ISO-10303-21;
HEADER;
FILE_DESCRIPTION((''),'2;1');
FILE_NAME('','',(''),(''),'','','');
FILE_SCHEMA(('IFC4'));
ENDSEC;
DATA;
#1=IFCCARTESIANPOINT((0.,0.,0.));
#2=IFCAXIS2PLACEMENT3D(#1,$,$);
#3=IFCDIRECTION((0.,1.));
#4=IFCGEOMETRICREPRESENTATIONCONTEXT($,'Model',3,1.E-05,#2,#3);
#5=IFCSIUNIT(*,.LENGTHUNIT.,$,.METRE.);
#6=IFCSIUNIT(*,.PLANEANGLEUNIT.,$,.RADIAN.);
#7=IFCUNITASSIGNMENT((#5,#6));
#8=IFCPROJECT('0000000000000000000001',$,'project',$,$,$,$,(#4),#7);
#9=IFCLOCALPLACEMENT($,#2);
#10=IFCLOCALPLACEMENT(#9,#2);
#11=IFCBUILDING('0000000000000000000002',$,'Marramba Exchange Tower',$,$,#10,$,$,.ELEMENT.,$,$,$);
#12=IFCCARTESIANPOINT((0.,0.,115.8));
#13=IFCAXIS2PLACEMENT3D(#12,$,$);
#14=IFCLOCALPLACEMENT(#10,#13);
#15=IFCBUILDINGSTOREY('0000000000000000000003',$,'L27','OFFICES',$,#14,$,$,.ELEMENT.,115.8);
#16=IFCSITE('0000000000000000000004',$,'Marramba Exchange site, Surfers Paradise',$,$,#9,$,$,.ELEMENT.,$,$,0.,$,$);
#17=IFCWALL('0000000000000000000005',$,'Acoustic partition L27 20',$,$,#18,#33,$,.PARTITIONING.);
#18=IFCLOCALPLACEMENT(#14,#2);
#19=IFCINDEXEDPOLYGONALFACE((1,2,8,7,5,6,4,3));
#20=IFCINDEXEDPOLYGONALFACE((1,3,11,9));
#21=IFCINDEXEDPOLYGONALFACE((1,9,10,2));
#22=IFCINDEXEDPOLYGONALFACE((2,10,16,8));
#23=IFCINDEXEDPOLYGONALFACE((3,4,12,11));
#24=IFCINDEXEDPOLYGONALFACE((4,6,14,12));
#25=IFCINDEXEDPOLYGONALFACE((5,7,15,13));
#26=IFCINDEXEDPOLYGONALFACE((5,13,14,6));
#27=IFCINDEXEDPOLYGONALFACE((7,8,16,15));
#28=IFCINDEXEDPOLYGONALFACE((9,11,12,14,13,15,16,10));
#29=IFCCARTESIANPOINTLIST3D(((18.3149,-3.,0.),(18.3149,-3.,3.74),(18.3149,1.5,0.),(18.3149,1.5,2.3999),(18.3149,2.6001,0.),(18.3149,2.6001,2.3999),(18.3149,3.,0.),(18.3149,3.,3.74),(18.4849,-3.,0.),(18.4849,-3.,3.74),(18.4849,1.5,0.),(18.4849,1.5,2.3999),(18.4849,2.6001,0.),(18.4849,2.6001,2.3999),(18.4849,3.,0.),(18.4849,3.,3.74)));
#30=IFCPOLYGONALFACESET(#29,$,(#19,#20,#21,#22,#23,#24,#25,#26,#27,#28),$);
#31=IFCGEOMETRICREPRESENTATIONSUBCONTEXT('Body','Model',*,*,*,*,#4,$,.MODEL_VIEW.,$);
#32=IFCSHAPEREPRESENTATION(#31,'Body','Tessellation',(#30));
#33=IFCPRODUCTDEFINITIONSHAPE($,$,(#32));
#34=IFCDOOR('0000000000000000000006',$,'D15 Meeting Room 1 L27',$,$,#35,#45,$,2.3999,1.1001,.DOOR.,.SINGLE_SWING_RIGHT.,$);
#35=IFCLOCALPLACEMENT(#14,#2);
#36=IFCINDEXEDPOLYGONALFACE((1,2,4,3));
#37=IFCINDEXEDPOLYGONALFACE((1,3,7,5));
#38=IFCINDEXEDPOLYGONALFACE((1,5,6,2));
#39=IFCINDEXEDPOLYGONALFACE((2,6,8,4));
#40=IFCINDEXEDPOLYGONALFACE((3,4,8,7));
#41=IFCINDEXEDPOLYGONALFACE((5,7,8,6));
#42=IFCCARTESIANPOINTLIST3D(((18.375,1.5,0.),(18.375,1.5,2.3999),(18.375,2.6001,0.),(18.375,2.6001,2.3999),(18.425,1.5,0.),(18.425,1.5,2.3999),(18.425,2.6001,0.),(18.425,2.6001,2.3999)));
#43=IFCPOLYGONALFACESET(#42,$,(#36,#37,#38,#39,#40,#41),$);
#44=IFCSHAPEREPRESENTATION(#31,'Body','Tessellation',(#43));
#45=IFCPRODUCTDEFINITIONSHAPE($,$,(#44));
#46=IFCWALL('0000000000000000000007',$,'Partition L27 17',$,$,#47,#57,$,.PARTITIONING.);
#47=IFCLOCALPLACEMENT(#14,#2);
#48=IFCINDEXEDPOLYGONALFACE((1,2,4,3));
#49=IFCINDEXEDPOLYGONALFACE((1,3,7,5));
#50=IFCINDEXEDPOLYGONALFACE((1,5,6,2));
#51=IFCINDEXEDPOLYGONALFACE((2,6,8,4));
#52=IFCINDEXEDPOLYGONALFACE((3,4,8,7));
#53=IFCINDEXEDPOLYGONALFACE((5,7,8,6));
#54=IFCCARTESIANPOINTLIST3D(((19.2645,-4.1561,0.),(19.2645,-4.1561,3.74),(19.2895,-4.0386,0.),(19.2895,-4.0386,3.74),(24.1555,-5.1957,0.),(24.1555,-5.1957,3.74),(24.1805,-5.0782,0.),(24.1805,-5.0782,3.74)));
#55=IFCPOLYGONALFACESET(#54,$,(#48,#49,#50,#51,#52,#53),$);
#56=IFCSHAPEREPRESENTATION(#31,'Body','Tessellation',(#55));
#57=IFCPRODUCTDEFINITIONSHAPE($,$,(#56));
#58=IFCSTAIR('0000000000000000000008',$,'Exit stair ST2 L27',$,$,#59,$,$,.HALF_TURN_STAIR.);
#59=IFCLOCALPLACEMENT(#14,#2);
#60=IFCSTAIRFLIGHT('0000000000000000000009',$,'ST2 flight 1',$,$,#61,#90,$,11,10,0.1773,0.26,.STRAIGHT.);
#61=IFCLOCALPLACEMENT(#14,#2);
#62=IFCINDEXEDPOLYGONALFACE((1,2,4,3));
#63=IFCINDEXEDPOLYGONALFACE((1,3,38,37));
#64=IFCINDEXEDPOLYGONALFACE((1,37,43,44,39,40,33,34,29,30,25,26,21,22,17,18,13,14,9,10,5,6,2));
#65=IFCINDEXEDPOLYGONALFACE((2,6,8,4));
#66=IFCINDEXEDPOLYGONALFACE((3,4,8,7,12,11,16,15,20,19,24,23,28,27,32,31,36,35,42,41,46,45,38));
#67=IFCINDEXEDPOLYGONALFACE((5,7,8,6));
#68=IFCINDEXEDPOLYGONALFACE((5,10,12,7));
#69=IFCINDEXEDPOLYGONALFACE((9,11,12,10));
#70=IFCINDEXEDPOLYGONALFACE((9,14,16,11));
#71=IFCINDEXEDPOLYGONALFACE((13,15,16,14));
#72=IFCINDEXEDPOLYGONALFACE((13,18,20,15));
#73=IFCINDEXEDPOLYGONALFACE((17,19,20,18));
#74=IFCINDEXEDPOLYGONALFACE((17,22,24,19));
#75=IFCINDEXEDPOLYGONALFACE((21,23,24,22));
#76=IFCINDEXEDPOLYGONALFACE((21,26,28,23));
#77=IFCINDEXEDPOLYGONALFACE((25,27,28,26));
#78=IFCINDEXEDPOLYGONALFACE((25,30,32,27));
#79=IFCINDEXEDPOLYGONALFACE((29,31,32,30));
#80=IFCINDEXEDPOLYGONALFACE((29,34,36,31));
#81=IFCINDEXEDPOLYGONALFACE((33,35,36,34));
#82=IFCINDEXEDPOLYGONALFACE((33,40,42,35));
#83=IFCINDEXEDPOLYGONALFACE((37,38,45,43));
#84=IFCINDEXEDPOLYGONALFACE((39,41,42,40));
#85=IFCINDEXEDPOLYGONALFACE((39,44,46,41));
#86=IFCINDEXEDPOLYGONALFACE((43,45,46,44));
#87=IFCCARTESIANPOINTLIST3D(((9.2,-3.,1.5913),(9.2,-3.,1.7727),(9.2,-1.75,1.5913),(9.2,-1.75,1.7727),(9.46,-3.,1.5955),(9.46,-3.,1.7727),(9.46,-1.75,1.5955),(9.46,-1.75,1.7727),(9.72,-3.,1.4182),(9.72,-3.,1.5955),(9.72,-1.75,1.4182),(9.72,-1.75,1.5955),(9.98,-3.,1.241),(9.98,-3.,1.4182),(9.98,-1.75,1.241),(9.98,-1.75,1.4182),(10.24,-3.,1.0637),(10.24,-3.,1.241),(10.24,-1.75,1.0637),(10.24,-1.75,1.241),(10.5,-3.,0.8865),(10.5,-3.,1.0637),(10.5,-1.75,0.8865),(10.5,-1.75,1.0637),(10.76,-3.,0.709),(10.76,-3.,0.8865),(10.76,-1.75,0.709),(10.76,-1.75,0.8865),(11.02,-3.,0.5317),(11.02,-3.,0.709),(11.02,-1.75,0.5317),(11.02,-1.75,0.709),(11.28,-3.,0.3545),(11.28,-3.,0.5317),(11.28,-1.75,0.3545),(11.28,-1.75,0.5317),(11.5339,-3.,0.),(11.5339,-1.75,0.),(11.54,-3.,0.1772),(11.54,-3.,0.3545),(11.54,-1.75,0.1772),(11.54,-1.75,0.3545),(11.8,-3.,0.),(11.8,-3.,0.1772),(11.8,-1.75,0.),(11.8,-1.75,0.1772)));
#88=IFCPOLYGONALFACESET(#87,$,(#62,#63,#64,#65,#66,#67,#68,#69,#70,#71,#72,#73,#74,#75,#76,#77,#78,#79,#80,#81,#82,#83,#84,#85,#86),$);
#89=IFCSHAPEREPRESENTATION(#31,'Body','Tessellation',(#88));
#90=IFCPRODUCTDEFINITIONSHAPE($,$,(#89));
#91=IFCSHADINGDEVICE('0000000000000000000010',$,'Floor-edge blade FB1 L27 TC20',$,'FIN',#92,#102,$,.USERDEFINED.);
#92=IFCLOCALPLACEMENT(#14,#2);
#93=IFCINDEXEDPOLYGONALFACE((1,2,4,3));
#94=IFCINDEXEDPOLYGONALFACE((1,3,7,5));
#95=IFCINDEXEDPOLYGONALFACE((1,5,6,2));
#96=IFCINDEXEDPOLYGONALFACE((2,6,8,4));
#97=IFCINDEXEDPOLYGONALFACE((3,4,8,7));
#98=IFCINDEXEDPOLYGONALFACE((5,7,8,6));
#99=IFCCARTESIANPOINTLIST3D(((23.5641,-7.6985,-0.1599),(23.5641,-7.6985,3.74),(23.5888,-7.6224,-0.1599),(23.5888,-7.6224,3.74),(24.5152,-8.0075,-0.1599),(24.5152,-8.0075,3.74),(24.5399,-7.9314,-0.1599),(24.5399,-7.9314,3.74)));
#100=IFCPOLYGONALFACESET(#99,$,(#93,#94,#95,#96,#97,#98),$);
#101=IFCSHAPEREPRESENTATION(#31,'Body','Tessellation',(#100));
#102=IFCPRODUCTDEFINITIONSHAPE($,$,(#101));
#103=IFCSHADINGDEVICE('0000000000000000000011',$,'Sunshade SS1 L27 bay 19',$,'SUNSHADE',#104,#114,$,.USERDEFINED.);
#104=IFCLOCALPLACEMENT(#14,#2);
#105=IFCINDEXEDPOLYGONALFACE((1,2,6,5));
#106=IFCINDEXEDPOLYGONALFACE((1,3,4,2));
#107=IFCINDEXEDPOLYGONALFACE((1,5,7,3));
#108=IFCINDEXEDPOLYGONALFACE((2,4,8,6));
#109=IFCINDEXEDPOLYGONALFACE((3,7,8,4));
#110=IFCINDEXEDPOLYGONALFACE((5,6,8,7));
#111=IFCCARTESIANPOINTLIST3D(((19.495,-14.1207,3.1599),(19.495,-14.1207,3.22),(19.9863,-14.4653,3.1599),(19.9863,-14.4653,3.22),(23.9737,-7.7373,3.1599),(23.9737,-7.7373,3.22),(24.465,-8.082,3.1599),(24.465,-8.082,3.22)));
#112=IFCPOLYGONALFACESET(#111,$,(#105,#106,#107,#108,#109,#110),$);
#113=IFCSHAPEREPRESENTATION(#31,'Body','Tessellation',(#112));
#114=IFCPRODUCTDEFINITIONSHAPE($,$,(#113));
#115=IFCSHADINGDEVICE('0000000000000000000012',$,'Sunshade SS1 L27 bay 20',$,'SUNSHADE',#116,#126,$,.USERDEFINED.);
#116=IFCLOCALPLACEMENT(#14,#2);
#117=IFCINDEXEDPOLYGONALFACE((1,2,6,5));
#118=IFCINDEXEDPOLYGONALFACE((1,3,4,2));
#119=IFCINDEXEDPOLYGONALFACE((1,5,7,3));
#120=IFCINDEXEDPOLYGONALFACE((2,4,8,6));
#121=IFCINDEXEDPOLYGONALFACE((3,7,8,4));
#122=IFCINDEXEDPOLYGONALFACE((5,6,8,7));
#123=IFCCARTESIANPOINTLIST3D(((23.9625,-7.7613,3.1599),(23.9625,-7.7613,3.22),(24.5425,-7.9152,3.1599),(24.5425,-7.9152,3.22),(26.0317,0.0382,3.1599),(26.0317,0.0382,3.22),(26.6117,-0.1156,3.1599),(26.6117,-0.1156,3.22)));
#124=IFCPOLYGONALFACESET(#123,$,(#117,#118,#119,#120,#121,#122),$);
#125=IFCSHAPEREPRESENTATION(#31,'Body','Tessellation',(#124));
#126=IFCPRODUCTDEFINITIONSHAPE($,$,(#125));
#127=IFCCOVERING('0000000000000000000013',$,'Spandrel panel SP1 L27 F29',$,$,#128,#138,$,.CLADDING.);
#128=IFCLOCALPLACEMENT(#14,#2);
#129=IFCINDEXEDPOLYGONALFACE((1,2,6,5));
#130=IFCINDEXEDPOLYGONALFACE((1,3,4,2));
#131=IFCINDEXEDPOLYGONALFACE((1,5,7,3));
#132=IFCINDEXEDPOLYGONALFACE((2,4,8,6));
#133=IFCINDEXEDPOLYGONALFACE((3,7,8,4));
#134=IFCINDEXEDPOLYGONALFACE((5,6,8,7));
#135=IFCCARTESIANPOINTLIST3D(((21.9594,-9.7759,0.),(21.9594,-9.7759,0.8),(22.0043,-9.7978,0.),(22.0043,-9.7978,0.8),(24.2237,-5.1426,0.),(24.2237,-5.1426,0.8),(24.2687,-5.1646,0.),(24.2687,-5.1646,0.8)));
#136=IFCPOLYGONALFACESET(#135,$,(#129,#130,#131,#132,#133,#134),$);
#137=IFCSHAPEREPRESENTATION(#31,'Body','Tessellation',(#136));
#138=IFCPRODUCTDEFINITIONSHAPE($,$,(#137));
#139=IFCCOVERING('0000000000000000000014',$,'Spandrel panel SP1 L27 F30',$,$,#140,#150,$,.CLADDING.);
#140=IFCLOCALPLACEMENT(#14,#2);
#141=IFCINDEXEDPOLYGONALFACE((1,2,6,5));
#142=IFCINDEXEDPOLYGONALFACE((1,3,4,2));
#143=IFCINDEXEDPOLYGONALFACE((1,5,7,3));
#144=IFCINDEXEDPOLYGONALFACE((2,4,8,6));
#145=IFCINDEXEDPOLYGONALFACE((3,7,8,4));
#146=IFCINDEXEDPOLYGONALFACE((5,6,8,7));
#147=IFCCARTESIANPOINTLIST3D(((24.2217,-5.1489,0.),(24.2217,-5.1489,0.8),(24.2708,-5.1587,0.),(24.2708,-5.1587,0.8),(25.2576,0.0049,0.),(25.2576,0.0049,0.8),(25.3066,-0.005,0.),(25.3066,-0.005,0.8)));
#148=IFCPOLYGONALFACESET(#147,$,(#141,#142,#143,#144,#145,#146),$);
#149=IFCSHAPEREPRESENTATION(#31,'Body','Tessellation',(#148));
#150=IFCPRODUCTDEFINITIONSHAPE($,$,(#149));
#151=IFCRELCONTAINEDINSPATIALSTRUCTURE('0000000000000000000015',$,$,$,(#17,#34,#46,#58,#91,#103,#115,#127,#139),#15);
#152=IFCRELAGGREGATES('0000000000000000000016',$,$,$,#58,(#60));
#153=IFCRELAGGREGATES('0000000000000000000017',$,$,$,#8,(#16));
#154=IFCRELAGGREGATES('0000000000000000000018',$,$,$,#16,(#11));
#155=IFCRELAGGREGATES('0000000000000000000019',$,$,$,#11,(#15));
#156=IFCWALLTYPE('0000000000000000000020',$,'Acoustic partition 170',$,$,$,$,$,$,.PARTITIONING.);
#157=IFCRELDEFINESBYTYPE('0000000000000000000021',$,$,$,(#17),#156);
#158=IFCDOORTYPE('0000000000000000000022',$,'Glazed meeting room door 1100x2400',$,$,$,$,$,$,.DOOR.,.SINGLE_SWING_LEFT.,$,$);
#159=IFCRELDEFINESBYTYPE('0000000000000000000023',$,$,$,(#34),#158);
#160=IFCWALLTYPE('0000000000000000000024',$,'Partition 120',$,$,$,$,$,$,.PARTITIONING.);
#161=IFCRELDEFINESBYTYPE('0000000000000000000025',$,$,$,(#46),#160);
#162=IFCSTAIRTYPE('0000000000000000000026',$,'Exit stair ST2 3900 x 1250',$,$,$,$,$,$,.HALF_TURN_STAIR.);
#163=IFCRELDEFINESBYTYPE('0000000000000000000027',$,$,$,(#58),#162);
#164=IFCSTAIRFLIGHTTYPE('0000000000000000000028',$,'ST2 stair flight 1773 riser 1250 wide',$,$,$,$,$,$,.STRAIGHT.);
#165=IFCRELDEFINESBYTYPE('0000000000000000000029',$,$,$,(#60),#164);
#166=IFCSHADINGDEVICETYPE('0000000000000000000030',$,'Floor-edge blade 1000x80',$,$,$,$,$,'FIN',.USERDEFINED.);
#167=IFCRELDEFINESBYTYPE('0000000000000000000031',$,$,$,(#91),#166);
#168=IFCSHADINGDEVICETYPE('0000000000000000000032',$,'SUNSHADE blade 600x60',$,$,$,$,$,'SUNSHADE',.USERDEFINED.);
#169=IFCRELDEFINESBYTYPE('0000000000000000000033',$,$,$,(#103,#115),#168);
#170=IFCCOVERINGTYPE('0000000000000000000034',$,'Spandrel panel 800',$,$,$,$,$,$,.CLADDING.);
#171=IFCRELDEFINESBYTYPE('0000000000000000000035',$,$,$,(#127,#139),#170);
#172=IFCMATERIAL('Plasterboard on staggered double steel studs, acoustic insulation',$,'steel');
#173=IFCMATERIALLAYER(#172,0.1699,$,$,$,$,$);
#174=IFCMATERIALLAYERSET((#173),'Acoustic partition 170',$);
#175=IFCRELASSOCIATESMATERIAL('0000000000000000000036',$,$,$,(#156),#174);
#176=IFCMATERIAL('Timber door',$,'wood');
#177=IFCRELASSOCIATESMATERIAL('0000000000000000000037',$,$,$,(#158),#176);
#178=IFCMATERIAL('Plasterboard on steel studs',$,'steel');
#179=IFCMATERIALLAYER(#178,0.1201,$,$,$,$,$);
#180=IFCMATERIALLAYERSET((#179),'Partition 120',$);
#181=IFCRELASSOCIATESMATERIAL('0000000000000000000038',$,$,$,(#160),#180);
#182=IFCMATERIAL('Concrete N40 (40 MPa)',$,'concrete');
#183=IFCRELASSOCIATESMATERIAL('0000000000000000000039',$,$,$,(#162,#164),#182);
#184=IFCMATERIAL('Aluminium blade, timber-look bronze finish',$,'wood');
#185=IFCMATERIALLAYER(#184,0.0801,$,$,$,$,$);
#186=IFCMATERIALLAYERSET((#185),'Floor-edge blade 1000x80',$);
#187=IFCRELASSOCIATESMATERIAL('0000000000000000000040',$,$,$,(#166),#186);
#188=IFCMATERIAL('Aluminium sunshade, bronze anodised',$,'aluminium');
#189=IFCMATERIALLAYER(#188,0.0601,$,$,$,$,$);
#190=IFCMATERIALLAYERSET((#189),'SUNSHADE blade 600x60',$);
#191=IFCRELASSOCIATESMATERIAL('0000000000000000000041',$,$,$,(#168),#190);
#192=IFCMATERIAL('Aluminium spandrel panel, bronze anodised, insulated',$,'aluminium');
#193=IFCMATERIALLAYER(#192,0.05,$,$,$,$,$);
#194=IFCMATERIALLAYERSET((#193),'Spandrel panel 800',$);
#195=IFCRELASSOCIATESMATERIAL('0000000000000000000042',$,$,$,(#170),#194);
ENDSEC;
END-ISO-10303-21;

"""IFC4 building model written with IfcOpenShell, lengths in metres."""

from ifc_helpers import new_model, si_unit, direction, frame, frame_2d, origin, origin_2d, place, context, subcontext, project, spatial, polyline, rectangle, outline, extrude, material, layer, layer_set, type_object, element, fill, aggregate, save


model = new_model("IFC4")

# Units and contexts
model_context = context("Model", 3, precision=1e-05, world=origin(), true_north=direction((0.0, 1.0)))
body_context = subcontext(model_context, "Body", "Model", "MODEL_VIEW")
ifc_project = project(units=[si_unit("LENGTHUNIT", "METRE"), si_unit("PLANEANGLEUNIT", "RADIAN")], contexts=[model_context])

# Site, building, storey
site_placement = place(None, origin())
site = spatial("IfcSite", under=ifc_project, at=site_placement, Name="Marramba Exchange site, Surfers Paradise", CompositionType="ELEMENT", RefElevation=0.0)
building_placement = place(site_placement, origin())
building = spatial("IfcBuilding", under=site, at=building_placement, Name="Marramba Exchange Tower", CompositionType="ELEMENT")
storey_placement = place(building_placement, frame((0.0, 0.0, 115.8)))
storey = spatial("IfcBuildingStorey", under=building, at=storey_placement, Name="L27", Description="OFFICES", CompositionType="ELEMENT", Elevation=115.8)

# Shared definitions
ifc_material_1 = material(Name="Plasterboard on staggered double steel studs, acoustic insulation", Category="steel")
ifc_layer_1 = layer(ifc_material_1, 0.1699)
ifc_layer_set_1 = layer_set([ifc_layer_1], Name="Acoustic partition 170")
wall_type_1 = type_object("IfcWallType", Name="Acoustic partition 170", PredefinedType="PARTITIONING", material=ifc_layer_set_1)

# Wall, opening, door
wall_1_placement = place(storey_placement, frame((18.3999, -3.0, 0.0), z_axis=(0.0, 0.0, 1.0), x_axis=(0.0, 1.0, 0.0)))
wall_1 = element("IfcWall", 1, at=wall_1_placement, inside=storey, type_object=wall_type_1, Name="Acoustic partition L27 20", PredefinedType="PARTITIONING", context=body_context, shape_type="SweptSolid", body=[
    extrude(rectangle(XDim=6.0, YDim=0.1699, at=frame_2d((3.0, 0.0))), origin(), (0.0, 0.0, 1.0), 3.74),
])
opening_1_placement = place(wall_1_placement, frame((4.5, 0.0, 0.0)))
opening_1 = element("IfcOpeningElement", 2, at=opening_1_placement, cuts=wall_1, PredefinedType="OPENING", context=body_context, shape_type="SweptSolid", body=[
    extrude(rectangle(XDim=1.1001, YDim=2.3999, at=frame_2d((0.55, 1.2))), frame((0.0, 0.095, 0.0), z_axis=(0.0, -1.0, 0.0), x_axis=(1.0, 0.0, 0.0)), (0.0, 0.0, 1.0), 0.1899),
])
ifc_material_2 = material(Name="Timber door", Category="wood")
door_type_1 = type_object("IfcDoorType", Name="Glazed meeting room door 1100x2400", OperationType="SINGLE_SWING_LEFT", PredefinedType="DOOR", material=ifc_material_2)
door_1_placement = place(opening_1_placement, origin())
door_1 = element("IfcDoor", 3, at=door_1_placement, inside=storey, type_object=door_type_1, Name="D15 Meeting Room 1 L27", OperationType="SINGLE_SWING_RIGHT", OverallHeight=2.3999, OverallWidth=1.1001, PredefinedType="DOOR", context=body_context, shape_type="SweptSolid", body=[
    extrude(rectangle(XDim=1.1001, YDim=2.3999, at=frame_2d((0.55, 1.2))), frame((0.0, 0.0249, 0.0), z_axis=(0.0, -1.0, 0.0), x_axis=(1.0, 0.0, 0.0)), (0.0, 0.0, 1.0), 0.05),
])
fill(opening_1, door_1)

# Wall
ifc_material_3 = material(Name="Plasterboard on steel studs", Category="steel")
ifc_layer_2 = layer(ifc_material_3, 0.1201)
ifc_layer_set_2 = layer_set([ifc_layer_2], Name="Partition 120")
wall_type_2 = type_object("IfcWallType", Name="Partition 120", PredefinedType="PARTITIONING", material=ifc_layer_set_2)
wall_2_placement = place(storey_placement, frame((19.2771, -4.0974, 0.0), z_axis=(0.0, 0.0, 1.0), x_axis=(0.978149, -0.207905, 0.0)))
element("IfcWall", 4, at=wall_2_placement, inside=storey, type_object=wall_type_2, Name="Partition L27 17", PredefinedType="PARTITIONING", context=body_context, shape_type="SweptSolid", body=[
    extrude(rectangle(XDim=5.0002, YDim=0.1201, at=frame_2d((2.5, 0.0))), origin(), (0.0, 0.0, 1.0), 3.74),
])

# Stair, stair flight
ifc_material_4 = material(Name="Concrete N40 (40 MPa)", Category="concrete")
stair_type = type_object("IfcStairType", Name="Exit stair ST2 3900 x 1250", PredefinedType="HALF_TURN_STAIR", material=ifc_material_4)
stair_placement = place(storey_placement, origin())
stair = element("IfcStair", 5, at=stair_placement, inside=storey, type_object=stair_type, Name="Exit stair ST2 L27", PredefinedType="HALF_TURN_STAIR")
stair_flight_type = type_object("IfcStairFlightType", Name="ST2 stair flight 1773 riser 1250 wide", PredefinedType="STRAIGHT", material=ifc_material_4)
stair_flight_placement = place(storey_placement, frame((11.8, -2.375, 0.0), z_axis=(0.0, 0.0, 1.0), x_axis=(-1.0, 0.0, 0.0)))
stair_flight = element("IfcStairFlight", 6, at=stair_flight_placement, type_object=stair_flight_type, Name="ST2 flight 1", NumberOfRisers=11, NumberOfTreads=10, PredefinedType="STRAIGHT", RiserHeight=0.1773, TreadLength=0.26, context=body_context, shape_type="SweptSolid", body=[
    extrude(outline(polyline([(0.0, 0.0), (0.0, 0.1772), (0.26, 0.1772), (0.26, 0.3545), (0.52, 0.3545), (0.52, 0.5317), (0.78, 0.5317), (0.78, 0.709), (1.04, 0.709), (1.04, 0.8865), (1.3, 0.8865), (1.3, 1.0637), (1.5601, 1.0637), (1.5601, 1.241), (1.8201, 1.241), (1.8201, 1.4182), (2.0801, 1.4182), (2.0801, 1.5955), (2.3401, 1.5955), (2.3401, 1.7727), (2.6001, 1.7727), (2.6001, 1.95), (2.6001, 1.5913), (0.2661, 0.0), (0.0, 0.0)])), frame((0.0, 0.625, 0.0), z_axis=(0.0, -1.0, 0.0), x_axis=(1.0, 0.0, 0.0)), (0.0, 0.0, 1.0), 1.25),
])
aggregate(stair, [stair_flight])

# Shading devices
ifc_material_5 = material(Name="Aluminium blade, timber-look bronze finish", Category="wood")
ifc_layer_3 = layer(ifc_material_5, 0.0801)
ifc_layer_set_3 = layer_set([ifc_layer_3], Name="Floor-edge blade 1000x80")
shading_device_type_1 = type_object("IfcShadingDeviceType", Name="Floor-edge blade 1000x80", ElementType="FIN", PredefinedType="USERDEFINED", material=ifc_layer_set_3)
shading_device_1_placement = place(storey_placement, frame((24.052, -7.8149, -0.1599), z_axis=(0.0, 0.0, 1.0), x_axis=(0.951057, -0.309017, 0.0)))
element("IfcShadingDevice", 7, at=shading_device_1_placement, inside=storey, type_object=shading_device_type_1, Name="Floor-edge blade FB1 L27 TC20", ObjectType="FIN", PredefinedType="USERDEFINED", context=body_context, shape_type="SweptSolid", body=[
    extrude(rectangle(XDim=1.0, YDim=0.0801, at=origin_2d()), origin(), (0.0, 0.0, 1.0), 3.8999),
])
ifc_material_6 = material(Name="Aluminium sunshade, bronze anodised", Category="aluminium")
ifc_layer_4 = layer(ifc_material_6, 0.0601)
ifc_layer_set_4 = layer_set([ifc_layer_4], Name="SUNSHADE blade 600x60")
shading_device_type_2 = type_object("IfcShadingDeviceType", Name="SUNSHADE blade 600x60", ElementType="SUNSHADE", PredefinedType="USERDEFINED", material=ifc_layer_set_4)
shading_device_2_placement = place(storey_placement, frame((21.98, -11.1013, 3.1599), z_axis=(0.0, 0.0, 1.0), x_axis=(0.574351, 0.818609, 0.0)))
element("IfcShadingDevice", 8, at=shading_device_2_placement, inside=storey, type_object=shading_device_type_2, Name="Sunshade SS1 L27 bay 19", ObjectType="SUNSHADE", PredefinedType="USERDEFINED", context=body_context, shape_type="SweptSolid", body=[
    extrude(rectangle(XDim=7.7979, YDim=0.6001, at=origin_2d()), origin(), (0.0, 0.0, 1.0), 0.0601),
])
shading_device_3_placement = place(storey_placement, frame((25.2871, -3.9385, 3.1599), z_axis=(0.0, 0.0, 1.0), x_axis=(0.256423, 0.966565, 0.0)))
element("IfcShadingDevice", 9, at=shading_device_3_placement, inside=storey, type_object=shading_device_type_2, Name="Sunshade SS1 L27 bay 20", ObjectType="SUNSHADE", PredefinedType="USERDEFINED", context=body_context, shape_type="SweptSolid", body=[
    extrude(rectangle(XDim=8.0693, YDim=0.6001, at=origin_2d()), origin(), (0.0, 0.0, 1.0), 0.0601),
])

# Coverings
ifc_material_7 = material(Name="Aluminium spandrel panel, bronze anodised, insulated", Category="aluminium")
ifc_layer_5 = layer(ifc_material_7, 0.05)
ifc_layer_set_5 = layer_set([ifc_layer_5], Name="Spandrel panel 800")
covering_type = type_object("IfcCoveringType", Name="Spandrel panel 800", PredefinedType="CLADDING", material=ifc_layer_set_5)
covering_1_placement = place(storey_placement, frame((23.114, -7.4702, 0.0), z_axis=(0.0, 0.0, 1.0), x_axis=(0.439086, 0.898445, 0.0)))
element("IfcCovering", 10, at=covering_1_placement, inside=storey, type_object=covering_type, Name="Spandrel panel SP1 L27 F29", PredefinedType="CLADDING", context=body_context, shape_type="SweptSolid", body=[
    extrude(rectangle(XDim=5.157, YDim=0.05, at=origin_2d()), origin(), (0.0, 0.0, 1.0), 0.8),
])
covering_2_placement = place(storey_placement, frame((24.7642, -2.5769, 0.0), z_axis=(0.0, 0.0, 1.0), x_axis=(0.197049, 0.980394, 0.0)))
element("IfcCovering", 11, at=covering_2_placement, inside=storey, type_object=covering_type, Name="Spandrel panel SP1 L27 F30", PredefinedType="CLADDING", context=body_context, shape_type="SweptSolid", body=[
    extrude(rectangle(XDim=5.2568, YDim=0.05, at=origin_2d()), origin(), (0.0, 0.0, 1.0), 0.8),
])

save(model, "model.ifc")
